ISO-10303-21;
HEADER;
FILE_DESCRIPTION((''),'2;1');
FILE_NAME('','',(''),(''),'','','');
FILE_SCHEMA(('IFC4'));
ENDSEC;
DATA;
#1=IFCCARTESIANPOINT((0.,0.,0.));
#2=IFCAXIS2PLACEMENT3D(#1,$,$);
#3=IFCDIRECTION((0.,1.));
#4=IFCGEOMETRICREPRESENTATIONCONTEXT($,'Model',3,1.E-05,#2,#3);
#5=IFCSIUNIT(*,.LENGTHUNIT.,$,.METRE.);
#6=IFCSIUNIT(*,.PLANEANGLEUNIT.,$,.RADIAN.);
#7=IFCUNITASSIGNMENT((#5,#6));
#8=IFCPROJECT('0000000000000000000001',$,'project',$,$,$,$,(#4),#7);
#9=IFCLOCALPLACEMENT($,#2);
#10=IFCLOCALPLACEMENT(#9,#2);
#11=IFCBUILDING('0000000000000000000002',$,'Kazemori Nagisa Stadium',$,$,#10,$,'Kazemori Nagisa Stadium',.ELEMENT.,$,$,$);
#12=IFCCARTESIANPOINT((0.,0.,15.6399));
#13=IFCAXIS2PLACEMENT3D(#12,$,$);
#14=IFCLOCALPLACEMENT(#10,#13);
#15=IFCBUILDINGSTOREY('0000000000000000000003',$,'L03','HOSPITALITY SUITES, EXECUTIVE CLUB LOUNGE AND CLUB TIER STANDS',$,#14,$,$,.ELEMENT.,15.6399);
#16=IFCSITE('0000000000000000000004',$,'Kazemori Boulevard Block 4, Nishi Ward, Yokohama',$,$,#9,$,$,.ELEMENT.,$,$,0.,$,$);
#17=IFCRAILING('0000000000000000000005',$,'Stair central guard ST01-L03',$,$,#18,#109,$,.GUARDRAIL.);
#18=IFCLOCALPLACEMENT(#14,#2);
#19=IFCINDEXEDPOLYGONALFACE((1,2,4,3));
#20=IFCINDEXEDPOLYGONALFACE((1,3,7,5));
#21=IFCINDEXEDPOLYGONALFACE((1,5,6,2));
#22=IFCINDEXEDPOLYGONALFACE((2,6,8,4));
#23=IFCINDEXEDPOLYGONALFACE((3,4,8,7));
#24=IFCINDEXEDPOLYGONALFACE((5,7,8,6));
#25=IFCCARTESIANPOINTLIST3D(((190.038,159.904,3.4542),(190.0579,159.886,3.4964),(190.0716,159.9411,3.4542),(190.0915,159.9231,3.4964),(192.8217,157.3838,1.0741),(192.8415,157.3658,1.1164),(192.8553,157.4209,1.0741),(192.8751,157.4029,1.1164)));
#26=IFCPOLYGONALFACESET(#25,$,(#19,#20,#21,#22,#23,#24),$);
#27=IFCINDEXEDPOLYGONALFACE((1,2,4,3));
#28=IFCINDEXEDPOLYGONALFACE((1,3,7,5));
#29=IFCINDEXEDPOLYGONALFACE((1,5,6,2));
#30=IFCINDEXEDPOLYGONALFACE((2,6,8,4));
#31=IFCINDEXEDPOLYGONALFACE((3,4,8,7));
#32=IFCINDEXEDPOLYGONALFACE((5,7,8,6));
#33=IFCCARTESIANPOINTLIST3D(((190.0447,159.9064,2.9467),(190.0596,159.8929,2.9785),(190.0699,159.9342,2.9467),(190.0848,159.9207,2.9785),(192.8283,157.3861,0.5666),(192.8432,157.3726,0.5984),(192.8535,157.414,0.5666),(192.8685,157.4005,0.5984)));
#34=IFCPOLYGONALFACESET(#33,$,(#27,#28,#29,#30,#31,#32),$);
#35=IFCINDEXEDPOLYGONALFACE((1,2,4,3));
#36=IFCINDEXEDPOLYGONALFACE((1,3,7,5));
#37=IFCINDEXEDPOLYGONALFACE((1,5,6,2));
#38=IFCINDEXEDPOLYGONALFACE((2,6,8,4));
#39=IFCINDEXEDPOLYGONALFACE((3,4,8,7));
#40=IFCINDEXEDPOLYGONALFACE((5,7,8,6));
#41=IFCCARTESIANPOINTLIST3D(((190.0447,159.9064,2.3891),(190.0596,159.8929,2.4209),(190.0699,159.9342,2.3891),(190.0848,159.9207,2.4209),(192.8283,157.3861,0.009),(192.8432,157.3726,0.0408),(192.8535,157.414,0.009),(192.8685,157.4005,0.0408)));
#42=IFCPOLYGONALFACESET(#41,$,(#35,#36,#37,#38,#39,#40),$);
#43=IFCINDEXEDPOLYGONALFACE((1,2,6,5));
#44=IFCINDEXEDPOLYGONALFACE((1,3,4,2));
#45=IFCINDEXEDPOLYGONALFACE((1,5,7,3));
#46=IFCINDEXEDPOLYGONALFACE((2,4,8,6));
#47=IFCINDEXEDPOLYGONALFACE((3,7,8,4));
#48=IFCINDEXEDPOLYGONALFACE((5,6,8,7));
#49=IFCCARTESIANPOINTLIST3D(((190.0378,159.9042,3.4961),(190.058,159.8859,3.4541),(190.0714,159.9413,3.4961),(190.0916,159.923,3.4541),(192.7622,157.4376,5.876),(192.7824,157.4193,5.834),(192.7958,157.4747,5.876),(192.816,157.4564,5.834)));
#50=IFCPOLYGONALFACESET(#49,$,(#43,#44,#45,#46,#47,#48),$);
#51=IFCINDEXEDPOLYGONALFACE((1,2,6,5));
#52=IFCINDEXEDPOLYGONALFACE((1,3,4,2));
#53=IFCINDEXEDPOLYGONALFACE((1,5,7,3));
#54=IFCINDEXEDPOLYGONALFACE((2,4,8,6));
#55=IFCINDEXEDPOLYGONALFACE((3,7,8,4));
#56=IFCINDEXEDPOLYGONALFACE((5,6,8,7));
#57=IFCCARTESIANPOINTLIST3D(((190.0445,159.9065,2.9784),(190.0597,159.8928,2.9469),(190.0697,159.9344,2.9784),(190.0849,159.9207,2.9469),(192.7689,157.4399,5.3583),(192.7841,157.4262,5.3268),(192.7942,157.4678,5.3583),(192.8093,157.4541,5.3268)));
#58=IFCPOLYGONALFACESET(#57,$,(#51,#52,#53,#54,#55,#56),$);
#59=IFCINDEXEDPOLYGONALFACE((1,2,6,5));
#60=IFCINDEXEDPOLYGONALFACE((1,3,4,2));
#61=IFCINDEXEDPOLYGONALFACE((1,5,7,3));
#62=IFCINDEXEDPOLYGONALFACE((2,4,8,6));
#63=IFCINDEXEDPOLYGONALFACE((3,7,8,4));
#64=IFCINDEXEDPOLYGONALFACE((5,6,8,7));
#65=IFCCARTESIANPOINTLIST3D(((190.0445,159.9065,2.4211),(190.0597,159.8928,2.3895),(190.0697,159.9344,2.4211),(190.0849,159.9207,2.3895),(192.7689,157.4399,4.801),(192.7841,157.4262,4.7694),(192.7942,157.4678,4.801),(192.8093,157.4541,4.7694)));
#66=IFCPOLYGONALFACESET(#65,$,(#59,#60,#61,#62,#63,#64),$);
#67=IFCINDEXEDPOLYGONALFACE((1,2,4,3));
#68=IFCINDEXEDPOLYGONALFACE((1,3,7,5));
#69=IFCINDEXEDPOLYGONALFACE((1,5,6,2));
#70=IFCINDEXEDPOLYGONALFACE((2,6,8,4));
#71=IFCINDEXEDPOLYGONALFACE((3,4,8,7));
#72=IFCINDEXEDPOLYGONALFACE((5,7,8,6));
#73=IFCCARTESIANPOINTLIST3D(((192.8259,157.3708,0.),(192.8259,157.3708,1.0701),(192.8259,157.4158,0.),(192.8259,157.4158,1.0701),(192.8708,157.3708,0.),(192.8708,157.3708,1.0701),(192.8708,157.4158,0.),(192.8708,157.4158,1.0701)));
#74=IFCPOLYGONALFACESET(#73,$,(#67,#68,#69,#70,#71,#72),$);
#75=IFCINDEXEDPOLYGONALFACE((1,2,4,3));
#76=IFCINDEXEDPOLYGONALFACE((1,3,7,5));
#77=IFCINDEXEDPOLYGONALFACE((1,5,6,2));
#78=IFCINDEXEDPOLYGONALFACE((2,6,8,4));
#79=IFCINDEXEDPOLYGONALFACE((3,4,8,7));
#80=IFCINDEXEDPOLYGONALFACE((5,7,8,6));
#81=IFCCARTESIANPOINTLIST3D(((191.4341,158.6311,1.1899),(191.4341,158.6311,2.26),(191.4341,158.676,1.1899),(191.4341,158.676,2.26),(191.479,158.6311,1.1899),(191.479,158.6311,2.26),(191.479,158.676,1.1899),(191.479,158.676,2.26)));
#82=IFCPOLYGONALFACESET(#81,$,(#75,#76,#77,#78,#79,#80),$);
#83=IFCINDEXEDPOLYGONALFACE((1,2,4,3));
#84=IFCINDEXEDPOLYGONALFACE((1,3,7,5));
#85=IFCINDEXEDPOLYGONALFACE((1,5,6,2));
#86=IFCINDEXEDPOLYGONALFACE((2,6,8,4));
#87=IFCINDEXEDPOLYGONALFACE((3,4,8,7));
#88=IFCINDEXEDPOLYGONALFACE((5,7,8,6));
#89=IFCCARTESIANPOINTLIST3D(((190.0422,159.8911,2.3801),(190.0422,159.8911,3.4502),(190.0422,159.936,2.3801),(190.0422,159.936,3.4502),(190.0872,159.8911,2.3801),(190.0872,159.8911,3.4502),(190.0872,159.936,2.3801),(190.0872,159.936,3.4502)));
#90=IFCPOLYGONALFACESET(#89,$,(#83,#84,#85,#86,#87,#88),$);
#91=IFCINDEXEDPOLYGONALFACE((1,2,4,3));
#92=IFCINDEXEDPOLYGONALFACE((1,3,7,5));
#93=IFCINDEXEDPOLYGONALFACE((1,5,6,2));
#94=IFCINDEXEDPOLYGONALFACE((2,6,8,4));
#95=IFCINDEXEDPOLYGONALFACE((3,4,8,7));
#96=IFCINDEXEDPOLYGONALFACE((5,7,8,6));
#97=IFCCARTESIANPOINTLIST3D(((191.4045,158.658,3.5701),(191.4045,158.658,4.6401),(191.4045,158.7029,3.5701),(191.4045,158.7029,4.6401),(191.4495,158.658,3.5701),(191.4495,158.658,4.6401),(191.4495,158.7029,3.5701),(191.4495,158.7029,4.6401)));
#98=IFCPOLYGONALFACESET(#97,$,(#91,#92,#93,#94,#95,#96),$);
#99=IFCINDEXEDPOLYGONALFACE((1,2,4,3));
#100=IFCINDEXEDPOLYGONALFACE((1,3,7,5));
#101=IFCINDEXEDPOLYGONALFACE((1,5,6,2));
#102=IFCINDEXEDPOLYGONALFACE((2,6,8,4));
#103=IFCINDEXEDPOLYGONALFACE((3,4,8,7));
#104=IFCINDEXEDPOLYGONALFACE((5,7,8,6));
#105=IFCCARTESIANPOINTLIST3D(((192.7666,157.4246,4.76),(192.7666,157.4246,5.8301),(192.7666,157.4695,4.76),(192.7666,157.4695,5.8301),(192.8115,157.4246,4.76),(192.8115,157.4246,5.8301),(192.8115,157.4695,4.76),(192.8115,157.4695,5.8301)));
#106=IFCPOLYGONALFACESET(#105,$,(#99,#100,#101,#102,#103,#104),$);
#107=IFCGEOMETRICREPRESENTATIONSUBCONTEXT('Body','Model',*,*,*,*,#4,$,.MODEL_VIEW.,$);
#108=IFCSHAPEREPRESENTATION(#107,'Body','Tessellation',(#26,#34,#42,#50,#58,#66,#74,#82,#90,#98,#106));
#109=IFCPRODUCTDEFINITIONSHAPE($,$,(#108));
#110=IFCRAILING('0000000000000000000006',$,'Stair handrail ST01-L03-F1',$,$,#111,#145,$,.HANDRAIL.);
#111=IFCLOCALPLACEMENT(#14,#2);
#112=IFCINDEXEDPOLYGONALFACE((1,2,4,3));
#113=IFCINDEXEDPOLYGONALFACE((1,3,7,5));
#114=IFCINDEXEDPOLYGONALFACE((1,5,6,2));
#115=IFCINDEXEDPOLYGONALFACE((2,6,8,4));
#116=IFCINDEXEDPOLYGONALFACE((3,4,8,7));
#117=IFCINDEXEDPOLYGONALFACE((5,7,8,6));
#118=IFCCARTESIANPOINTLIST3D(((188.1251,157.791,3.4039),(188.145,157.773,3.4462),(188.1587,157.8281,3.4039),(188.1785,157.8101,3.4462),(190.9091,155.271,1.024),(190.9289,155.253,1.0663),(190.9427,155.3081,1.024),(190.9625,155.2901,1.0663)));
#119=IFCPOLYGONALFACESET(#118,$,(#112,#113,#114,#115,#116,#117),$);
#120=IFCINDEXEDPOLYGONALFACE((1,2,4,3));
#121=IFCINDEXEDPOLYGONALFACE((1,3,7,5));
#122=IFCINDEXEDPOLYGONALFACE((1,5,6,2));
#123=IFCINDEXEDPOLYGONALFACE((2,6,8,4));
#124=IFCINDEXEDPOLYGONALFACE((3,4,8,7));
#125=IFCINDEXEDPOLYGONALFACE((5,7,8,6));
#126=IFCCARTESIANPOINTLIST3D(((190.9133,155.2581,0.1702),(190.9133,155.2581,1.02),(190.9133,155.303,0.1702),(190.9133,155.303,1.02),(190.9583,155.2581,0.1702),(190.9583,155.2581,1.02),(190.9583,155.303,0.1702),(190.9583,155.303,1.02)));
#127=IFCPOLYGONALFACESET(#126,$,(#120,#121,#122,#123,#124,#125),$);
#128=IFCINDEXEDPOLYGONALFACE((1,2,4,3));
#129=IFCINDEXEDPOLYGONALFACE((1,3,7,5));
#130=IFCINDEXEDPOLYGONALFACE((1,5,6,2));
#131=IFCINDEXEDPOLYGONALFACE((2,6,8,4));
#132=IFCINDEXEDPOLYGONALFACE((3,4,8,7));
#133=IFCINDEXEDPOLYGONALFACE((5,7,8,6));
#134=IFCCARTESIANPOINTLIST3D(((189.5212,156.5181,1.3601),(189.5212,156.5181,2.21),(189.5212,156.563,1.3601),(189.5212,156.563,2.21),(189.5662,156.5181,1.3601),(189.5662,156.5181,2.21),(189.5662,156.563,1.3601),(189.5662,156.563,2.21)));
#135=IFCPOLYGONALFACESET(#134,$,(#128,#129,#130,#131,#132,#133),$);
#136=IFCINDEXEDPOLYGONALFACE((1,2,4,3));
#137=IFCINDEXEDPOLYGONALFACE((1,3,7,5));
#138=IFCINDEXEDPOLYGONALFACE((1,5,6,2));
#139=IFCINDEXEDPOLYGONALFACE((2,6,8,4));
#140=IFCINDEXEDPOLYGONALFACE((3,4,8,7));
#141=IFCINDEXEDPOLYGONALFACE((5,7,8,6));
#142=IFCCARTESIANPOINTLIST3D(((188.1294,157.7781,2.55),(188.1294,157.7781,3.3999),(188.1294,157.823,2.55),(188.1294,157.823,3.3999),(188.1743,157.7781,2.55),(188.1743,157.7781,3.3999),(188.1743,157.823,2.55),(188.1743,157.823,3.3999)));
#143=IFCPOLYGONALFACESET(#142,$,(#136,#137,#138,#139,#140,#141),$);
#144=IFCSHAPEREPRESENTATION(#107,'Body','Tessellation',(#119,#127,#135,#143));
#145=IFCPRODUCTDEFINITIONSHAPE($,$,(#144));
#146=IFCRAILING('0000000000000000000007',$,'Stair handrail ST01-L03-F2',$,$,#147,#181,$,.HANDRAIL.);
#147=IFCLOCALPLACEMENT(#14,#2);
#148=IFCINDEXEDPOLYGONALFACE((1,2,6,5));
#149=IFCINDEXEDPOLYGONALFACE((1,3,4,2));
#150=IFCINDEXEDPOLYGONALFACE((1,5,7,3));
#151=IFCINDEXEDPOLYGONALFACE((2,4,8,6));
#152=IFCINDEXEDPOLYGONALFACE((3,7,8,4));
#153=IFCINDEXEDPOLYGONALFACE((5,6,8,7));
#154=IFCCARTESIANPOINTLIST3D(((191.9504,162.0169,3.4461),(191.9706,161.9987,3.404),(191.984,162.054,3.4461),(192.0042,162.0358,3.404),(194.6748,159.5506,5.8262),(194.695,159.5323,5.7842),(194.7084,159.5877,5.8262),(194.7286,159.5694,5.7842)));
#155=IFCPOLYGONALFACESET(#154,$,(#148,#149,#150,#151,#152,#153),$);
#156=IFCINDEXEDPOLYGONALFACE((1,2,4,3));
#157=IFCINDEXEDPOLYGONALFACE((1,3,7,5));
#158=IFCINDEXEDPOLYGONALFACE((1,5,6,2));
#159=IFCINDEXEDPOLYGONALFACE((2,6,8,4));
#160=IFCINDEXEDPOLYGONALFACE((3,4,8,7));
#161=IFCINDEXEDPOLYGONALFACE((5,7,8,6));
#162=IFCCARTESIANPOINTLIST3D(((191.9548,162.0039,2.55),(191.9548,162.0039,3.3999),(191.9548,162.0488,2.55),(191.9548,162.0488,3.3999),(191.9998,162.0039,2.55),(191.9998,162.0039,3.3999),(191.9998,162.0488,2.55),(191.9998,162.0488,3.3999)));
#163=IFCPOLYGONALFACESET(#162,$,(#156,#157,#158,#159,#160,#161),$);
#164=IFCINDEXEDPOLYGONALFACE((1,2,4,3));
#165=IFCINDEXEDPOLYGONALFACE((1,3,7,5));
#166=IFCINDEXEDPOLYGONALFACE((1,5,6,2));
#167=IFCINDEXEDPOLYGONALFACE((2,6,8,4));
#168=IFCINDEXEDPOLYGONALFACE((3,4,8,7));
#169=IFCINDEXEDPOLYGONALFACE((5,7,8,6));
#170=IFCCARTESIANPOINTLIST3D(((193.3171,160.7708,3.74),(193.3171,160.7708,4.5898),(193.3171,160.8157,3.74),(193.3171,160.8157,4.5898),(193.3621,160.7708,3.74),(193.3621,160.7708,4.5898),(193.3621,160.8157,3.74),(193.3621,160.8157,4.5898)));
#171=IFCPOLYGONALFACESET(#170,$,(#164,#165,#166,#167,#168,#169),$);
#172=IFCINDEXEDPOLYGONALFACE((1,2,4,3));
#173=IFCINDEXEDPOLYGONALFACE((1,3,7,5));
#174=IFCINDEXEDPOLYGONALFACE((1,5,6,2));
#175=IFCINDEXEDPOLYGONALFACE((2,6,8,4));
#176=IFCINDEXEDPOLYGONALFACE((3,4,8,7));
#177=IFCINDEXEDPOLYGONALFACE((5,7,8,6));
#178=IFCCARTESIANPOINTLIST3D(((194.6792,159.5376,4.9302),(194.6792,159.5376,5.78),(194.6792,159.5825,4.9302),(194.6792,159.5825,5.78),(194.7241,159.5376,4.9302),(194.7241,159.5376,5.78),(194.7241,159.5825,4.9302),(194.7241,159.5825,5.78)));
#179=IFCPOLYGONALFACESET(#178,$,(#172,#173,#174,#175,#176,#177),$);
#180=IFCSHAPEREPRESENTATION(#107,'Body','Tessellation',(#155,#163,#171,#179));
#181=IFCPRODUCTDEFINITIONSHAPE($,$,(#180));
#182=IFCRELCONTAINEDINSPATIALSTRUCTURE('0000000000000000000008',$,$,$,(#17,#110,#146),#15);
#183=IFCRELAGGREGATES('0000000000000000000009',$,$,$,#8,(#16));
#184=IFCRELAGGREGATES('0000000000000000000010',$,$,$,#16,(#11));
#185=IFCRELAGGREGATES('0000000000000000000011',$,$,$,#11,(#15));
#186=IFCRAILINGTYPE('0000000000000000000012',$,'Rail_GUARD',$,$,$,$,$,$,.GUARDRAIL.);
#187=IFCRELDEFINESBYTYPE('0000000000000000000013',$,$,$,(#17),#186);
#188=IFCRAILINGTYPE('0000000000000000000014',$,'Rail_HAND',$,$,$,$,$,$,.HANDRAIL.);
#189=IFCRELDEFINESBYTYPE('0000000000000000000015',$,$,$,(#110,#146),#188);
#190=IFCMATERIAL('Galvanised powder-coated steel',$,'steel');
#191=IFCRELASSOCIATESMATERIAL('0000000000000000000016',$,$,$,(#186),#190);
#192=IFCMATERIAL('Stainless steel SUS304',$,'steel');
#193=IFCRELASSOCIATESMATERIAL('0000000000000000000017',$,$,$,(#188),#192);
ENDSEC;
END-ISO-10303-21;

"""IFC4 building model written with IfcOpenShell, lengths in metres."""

from ifc_helpers import new_model, si_unit, direction, frame, origin, origin_2d, place, context, subcontext, project, spatial, rectangle, extrude, material, type_object, element, save


model = new_model("IFC4")

# Units and contexts
model_context = context("Model", 3, precision=1e-05, world=origin(), true_north=direction((0.0, 1.0)))
body_context = subcontext(model_context, "Body", "Model", "MODEL_VIEW")
ifc_project = project(units=[si_unit("LENGTHUNIT", "METRE"), si_unit("PLANEANGLEUNIT", "RADIAN")], contexts=[model_context])

# Site, building, storey
site_placement = place(None, origin())
site = spatial("IfcSite", under=ifc_project, at=site_placement, Name="Kazemori Boulevard Block 4, Nishi Ward, Yokohama", CompositionType="ELEMENT", RefElevation=0.0)
building_placement = place(site_placement, origin())
building = spatial("IfcBuilding", under=site, at=building_placement, Name="Kazemori Nagisa Stadium", LongName="Kazemori Nagisa Stadium", CompositionType="ELEMENT")
storey_placement = place(building_placement, frame((0.0, 0.0, 15.6399)))
storey = spatial("IfcBuildingStorey", under=building, at=storey_placement, Name="L03", Description="HOSPITALITY SUITES, EXECUTIVE CLUB LOUNGE AND CLUB TIER STANDS", CompositionType="ELEMENT", Elevation=15.6399)

# Railings
ifc_material_1 = material(Name="Galvanised powder-coated steel", Category="steel")
railing_type_1 = type_object("IfcRailingType", Name="Rail_GUARD", PredefinedType="GUARDRAIL", material=ifc_material_1)
railing_1_placement = place(storey_placement, frame((192.8484, 157.3933, 0.0)))
element("IfcRailing", 1, at=railing_1_placement, inside=storey, type_object=railing_type_1, Name="Stair central guard ST01-L03", PredefinedType="GUARDRAIL", context=body_context, shape_type="SweptSolid", body=[
    extrude(rectangle(XDim=0.05, YDim=0.05, at=origin_2d()), frame((0.0, 0.0, 1.0952), z_axis=(-0.626131, 0.566879, 0.535358), x_axis=(-0.67116, -0.741312, 0.0)), (0.0, 0.0, 1.0), 4.4458),
    extrude(rectangle(XDim=0.0376, YDim=0.0376, at=origin_2d()), frame((0.0, 0.0, 0.5825), z_axis=(-0.626131, 0.566879, 0.535358), x_axis=(-0.67116, -0.741312, 0.0)), (0.0, 0.0, 1.0), 4.4458),
    extrude(rectangle(XDim=0.0376, YDim=0.0376, at=origin_2d()), frame((0.0, 0.0, 0.0249), z_axis=(-0.626131, 0.566879, 0.535358), x_axis=(-0.67116, -0.741312, 0.0)), (0.0, 0.0, 1.0), 4.4458),
    extrude(rectangle(XDim=0.05, YDim=0.05, at=origin_2d()), frame((-2.7837, 2.5203, 3.4751), z_axis=(0.622237, -0.563353, 0.543558), x_axis=(0.67116, 0.741312, 0.0)), (0.0, 0.0, 1.0), 4.3784),
    extrude(rectangle(XDim=0.0376, YDim=0.0376, at=origin_2d()), frame((-2.7837, 2.5203, 2.9626), z_axis=(0.622237, -0.563353, 0.543558), x_axis=(0.67116, 0.741312, 0.0)), (0.0, 0.0, 1.0), 4.3784),
    extrude(rectangle(XDim=0.0376, YDim=0.0376, at=origin_2d()), frame((-2.7837, 2.5203, 2.4053), z_axis=(0.622237, -0.563353, 0.543558), x_axis=(0.67116, 0.741312, 0.0)), (0.0, 0.0, 1.0), 4.3784),
    extrude(rectangle(XDim=0.0449, YDim=0.0449, at=origin_2d()), origin(), (0.0, 0.0, 1.0), 1.0701),
    extrude(rectangle(XDim=0.0449, YDim=0.0449, at=origin_2d()), frame((-1.3918, 1.2603, 1.1899)), (0.0, 0.0, 1.0), 1.0701),
    extrude(rectangle(XDim=0.0449, YDim=0.0449, at=origin_2d()), frame((-2.7837, 2.5203, 2.3801)), (0.0, 0.0, 1.0), 1.0701),
    extrude(rectangle(XDim=0.0449, YDim=0.0449, at=origin_2d()), frame((-1.4214, 1.2871, 3.5701)), (0.0, 0.0, 1.0), 1.0701),
    extrude(rectangle(XDim=0.0449, YDim=0.0449, at=origin_2d()), frame((-0.0593, 0.0537, 4.76)), (0.0, 0.0, 1.0), 1.0701),
])
ifc_material_2 = material(Name="Stainless steel SUS304", Category="steel")
railing_type_2 = type_object("IfcRailingType", Name="Rail_HAND", PredefinedType="HANDRAIL", material=ifc_material_2)
railing_2_placement = place(storey_placement, frame((190.9358, 155.2805, 0.1702)))
element("IfcRailing", 2, at=railing_2_placement, inside=storey, type_object=railing_type_2, Name="Stair handrail ST01-L03-F1", PredefinedType="HANDRAIL", context=body_context, shape_type="SweptSolid", body=[
    extrude(rectangle(XDim=0.05, YDim=0.05, at=origin_2d()), frame((0.0, 0.0, 0.875), z_axis=(-0.626202, 0.566839, 0.535317), x_axis=(-0.671092, -0.741374, 0.0)), (0.0, 0.0, 1.0), 4.4458),
    extrude(rectangle(XDim=0.0449, YDim=0.0449, at=origin_2d()), origin(), (0.0, 0.0, 1.0), 0.8499),
    extrude(rectangle(XDim=0.0449, YDim=0.0449, at=origin_2d()), frame((-1.3921, 1.26, 1.1899)), (0.0, 0.0, 1.0), 0.8499),
    extrude(rectangle(XDim=0.0449, YDim=0.0449, at=origin_2d()), frame((-2.7839, 2.52, 2.3799)), (0.0, 0.0, 1.0), 0.8499),
])
railing_3_placement = place(storey_placement, frame((191.9773, 162.0264, 2.55)))
element("IfcRailing", 3, at=railing_3_placement, inside=storey, type_object=railing_type_2, Name="Stair handrail ST01-L03-F2", PredefinedType="HANDRAIL", context=body_context, shape_type="SweptSolid", body=[
    extrude(rectangle(XDim=0.05, YDim=0.05, at=origin_2d()), frame((0.0, 0.0, 0.875), z_axis=(0.622237, -0.563298, 0.543614), x_axis=(0.671124, 0.741345, 0.0)), (0.0, 0.0, 1.0), 4.3784),
    extrude(rectangle(XDim=0.0449, YDim=0.0449, at=origin_2d()), origin(), (0.0, 0.0, 1.0), 0.8499),
    extrude(rectangle(XDim=0.0449, YDim=0.0449, at=origin_2d()), frame((1.3623, -1.2332, 1.1899)), (0.0, 0.0, 1.0), 0.8499),
    extrude(rectangle(XDim=0.0449, YDim=0.0449, at=origin_2d()), frame((2.7244, -2.4663, 2.3801)), (0.0, 0.0, 1.0), 0.8499),
])

save(model, "model.ifc")
